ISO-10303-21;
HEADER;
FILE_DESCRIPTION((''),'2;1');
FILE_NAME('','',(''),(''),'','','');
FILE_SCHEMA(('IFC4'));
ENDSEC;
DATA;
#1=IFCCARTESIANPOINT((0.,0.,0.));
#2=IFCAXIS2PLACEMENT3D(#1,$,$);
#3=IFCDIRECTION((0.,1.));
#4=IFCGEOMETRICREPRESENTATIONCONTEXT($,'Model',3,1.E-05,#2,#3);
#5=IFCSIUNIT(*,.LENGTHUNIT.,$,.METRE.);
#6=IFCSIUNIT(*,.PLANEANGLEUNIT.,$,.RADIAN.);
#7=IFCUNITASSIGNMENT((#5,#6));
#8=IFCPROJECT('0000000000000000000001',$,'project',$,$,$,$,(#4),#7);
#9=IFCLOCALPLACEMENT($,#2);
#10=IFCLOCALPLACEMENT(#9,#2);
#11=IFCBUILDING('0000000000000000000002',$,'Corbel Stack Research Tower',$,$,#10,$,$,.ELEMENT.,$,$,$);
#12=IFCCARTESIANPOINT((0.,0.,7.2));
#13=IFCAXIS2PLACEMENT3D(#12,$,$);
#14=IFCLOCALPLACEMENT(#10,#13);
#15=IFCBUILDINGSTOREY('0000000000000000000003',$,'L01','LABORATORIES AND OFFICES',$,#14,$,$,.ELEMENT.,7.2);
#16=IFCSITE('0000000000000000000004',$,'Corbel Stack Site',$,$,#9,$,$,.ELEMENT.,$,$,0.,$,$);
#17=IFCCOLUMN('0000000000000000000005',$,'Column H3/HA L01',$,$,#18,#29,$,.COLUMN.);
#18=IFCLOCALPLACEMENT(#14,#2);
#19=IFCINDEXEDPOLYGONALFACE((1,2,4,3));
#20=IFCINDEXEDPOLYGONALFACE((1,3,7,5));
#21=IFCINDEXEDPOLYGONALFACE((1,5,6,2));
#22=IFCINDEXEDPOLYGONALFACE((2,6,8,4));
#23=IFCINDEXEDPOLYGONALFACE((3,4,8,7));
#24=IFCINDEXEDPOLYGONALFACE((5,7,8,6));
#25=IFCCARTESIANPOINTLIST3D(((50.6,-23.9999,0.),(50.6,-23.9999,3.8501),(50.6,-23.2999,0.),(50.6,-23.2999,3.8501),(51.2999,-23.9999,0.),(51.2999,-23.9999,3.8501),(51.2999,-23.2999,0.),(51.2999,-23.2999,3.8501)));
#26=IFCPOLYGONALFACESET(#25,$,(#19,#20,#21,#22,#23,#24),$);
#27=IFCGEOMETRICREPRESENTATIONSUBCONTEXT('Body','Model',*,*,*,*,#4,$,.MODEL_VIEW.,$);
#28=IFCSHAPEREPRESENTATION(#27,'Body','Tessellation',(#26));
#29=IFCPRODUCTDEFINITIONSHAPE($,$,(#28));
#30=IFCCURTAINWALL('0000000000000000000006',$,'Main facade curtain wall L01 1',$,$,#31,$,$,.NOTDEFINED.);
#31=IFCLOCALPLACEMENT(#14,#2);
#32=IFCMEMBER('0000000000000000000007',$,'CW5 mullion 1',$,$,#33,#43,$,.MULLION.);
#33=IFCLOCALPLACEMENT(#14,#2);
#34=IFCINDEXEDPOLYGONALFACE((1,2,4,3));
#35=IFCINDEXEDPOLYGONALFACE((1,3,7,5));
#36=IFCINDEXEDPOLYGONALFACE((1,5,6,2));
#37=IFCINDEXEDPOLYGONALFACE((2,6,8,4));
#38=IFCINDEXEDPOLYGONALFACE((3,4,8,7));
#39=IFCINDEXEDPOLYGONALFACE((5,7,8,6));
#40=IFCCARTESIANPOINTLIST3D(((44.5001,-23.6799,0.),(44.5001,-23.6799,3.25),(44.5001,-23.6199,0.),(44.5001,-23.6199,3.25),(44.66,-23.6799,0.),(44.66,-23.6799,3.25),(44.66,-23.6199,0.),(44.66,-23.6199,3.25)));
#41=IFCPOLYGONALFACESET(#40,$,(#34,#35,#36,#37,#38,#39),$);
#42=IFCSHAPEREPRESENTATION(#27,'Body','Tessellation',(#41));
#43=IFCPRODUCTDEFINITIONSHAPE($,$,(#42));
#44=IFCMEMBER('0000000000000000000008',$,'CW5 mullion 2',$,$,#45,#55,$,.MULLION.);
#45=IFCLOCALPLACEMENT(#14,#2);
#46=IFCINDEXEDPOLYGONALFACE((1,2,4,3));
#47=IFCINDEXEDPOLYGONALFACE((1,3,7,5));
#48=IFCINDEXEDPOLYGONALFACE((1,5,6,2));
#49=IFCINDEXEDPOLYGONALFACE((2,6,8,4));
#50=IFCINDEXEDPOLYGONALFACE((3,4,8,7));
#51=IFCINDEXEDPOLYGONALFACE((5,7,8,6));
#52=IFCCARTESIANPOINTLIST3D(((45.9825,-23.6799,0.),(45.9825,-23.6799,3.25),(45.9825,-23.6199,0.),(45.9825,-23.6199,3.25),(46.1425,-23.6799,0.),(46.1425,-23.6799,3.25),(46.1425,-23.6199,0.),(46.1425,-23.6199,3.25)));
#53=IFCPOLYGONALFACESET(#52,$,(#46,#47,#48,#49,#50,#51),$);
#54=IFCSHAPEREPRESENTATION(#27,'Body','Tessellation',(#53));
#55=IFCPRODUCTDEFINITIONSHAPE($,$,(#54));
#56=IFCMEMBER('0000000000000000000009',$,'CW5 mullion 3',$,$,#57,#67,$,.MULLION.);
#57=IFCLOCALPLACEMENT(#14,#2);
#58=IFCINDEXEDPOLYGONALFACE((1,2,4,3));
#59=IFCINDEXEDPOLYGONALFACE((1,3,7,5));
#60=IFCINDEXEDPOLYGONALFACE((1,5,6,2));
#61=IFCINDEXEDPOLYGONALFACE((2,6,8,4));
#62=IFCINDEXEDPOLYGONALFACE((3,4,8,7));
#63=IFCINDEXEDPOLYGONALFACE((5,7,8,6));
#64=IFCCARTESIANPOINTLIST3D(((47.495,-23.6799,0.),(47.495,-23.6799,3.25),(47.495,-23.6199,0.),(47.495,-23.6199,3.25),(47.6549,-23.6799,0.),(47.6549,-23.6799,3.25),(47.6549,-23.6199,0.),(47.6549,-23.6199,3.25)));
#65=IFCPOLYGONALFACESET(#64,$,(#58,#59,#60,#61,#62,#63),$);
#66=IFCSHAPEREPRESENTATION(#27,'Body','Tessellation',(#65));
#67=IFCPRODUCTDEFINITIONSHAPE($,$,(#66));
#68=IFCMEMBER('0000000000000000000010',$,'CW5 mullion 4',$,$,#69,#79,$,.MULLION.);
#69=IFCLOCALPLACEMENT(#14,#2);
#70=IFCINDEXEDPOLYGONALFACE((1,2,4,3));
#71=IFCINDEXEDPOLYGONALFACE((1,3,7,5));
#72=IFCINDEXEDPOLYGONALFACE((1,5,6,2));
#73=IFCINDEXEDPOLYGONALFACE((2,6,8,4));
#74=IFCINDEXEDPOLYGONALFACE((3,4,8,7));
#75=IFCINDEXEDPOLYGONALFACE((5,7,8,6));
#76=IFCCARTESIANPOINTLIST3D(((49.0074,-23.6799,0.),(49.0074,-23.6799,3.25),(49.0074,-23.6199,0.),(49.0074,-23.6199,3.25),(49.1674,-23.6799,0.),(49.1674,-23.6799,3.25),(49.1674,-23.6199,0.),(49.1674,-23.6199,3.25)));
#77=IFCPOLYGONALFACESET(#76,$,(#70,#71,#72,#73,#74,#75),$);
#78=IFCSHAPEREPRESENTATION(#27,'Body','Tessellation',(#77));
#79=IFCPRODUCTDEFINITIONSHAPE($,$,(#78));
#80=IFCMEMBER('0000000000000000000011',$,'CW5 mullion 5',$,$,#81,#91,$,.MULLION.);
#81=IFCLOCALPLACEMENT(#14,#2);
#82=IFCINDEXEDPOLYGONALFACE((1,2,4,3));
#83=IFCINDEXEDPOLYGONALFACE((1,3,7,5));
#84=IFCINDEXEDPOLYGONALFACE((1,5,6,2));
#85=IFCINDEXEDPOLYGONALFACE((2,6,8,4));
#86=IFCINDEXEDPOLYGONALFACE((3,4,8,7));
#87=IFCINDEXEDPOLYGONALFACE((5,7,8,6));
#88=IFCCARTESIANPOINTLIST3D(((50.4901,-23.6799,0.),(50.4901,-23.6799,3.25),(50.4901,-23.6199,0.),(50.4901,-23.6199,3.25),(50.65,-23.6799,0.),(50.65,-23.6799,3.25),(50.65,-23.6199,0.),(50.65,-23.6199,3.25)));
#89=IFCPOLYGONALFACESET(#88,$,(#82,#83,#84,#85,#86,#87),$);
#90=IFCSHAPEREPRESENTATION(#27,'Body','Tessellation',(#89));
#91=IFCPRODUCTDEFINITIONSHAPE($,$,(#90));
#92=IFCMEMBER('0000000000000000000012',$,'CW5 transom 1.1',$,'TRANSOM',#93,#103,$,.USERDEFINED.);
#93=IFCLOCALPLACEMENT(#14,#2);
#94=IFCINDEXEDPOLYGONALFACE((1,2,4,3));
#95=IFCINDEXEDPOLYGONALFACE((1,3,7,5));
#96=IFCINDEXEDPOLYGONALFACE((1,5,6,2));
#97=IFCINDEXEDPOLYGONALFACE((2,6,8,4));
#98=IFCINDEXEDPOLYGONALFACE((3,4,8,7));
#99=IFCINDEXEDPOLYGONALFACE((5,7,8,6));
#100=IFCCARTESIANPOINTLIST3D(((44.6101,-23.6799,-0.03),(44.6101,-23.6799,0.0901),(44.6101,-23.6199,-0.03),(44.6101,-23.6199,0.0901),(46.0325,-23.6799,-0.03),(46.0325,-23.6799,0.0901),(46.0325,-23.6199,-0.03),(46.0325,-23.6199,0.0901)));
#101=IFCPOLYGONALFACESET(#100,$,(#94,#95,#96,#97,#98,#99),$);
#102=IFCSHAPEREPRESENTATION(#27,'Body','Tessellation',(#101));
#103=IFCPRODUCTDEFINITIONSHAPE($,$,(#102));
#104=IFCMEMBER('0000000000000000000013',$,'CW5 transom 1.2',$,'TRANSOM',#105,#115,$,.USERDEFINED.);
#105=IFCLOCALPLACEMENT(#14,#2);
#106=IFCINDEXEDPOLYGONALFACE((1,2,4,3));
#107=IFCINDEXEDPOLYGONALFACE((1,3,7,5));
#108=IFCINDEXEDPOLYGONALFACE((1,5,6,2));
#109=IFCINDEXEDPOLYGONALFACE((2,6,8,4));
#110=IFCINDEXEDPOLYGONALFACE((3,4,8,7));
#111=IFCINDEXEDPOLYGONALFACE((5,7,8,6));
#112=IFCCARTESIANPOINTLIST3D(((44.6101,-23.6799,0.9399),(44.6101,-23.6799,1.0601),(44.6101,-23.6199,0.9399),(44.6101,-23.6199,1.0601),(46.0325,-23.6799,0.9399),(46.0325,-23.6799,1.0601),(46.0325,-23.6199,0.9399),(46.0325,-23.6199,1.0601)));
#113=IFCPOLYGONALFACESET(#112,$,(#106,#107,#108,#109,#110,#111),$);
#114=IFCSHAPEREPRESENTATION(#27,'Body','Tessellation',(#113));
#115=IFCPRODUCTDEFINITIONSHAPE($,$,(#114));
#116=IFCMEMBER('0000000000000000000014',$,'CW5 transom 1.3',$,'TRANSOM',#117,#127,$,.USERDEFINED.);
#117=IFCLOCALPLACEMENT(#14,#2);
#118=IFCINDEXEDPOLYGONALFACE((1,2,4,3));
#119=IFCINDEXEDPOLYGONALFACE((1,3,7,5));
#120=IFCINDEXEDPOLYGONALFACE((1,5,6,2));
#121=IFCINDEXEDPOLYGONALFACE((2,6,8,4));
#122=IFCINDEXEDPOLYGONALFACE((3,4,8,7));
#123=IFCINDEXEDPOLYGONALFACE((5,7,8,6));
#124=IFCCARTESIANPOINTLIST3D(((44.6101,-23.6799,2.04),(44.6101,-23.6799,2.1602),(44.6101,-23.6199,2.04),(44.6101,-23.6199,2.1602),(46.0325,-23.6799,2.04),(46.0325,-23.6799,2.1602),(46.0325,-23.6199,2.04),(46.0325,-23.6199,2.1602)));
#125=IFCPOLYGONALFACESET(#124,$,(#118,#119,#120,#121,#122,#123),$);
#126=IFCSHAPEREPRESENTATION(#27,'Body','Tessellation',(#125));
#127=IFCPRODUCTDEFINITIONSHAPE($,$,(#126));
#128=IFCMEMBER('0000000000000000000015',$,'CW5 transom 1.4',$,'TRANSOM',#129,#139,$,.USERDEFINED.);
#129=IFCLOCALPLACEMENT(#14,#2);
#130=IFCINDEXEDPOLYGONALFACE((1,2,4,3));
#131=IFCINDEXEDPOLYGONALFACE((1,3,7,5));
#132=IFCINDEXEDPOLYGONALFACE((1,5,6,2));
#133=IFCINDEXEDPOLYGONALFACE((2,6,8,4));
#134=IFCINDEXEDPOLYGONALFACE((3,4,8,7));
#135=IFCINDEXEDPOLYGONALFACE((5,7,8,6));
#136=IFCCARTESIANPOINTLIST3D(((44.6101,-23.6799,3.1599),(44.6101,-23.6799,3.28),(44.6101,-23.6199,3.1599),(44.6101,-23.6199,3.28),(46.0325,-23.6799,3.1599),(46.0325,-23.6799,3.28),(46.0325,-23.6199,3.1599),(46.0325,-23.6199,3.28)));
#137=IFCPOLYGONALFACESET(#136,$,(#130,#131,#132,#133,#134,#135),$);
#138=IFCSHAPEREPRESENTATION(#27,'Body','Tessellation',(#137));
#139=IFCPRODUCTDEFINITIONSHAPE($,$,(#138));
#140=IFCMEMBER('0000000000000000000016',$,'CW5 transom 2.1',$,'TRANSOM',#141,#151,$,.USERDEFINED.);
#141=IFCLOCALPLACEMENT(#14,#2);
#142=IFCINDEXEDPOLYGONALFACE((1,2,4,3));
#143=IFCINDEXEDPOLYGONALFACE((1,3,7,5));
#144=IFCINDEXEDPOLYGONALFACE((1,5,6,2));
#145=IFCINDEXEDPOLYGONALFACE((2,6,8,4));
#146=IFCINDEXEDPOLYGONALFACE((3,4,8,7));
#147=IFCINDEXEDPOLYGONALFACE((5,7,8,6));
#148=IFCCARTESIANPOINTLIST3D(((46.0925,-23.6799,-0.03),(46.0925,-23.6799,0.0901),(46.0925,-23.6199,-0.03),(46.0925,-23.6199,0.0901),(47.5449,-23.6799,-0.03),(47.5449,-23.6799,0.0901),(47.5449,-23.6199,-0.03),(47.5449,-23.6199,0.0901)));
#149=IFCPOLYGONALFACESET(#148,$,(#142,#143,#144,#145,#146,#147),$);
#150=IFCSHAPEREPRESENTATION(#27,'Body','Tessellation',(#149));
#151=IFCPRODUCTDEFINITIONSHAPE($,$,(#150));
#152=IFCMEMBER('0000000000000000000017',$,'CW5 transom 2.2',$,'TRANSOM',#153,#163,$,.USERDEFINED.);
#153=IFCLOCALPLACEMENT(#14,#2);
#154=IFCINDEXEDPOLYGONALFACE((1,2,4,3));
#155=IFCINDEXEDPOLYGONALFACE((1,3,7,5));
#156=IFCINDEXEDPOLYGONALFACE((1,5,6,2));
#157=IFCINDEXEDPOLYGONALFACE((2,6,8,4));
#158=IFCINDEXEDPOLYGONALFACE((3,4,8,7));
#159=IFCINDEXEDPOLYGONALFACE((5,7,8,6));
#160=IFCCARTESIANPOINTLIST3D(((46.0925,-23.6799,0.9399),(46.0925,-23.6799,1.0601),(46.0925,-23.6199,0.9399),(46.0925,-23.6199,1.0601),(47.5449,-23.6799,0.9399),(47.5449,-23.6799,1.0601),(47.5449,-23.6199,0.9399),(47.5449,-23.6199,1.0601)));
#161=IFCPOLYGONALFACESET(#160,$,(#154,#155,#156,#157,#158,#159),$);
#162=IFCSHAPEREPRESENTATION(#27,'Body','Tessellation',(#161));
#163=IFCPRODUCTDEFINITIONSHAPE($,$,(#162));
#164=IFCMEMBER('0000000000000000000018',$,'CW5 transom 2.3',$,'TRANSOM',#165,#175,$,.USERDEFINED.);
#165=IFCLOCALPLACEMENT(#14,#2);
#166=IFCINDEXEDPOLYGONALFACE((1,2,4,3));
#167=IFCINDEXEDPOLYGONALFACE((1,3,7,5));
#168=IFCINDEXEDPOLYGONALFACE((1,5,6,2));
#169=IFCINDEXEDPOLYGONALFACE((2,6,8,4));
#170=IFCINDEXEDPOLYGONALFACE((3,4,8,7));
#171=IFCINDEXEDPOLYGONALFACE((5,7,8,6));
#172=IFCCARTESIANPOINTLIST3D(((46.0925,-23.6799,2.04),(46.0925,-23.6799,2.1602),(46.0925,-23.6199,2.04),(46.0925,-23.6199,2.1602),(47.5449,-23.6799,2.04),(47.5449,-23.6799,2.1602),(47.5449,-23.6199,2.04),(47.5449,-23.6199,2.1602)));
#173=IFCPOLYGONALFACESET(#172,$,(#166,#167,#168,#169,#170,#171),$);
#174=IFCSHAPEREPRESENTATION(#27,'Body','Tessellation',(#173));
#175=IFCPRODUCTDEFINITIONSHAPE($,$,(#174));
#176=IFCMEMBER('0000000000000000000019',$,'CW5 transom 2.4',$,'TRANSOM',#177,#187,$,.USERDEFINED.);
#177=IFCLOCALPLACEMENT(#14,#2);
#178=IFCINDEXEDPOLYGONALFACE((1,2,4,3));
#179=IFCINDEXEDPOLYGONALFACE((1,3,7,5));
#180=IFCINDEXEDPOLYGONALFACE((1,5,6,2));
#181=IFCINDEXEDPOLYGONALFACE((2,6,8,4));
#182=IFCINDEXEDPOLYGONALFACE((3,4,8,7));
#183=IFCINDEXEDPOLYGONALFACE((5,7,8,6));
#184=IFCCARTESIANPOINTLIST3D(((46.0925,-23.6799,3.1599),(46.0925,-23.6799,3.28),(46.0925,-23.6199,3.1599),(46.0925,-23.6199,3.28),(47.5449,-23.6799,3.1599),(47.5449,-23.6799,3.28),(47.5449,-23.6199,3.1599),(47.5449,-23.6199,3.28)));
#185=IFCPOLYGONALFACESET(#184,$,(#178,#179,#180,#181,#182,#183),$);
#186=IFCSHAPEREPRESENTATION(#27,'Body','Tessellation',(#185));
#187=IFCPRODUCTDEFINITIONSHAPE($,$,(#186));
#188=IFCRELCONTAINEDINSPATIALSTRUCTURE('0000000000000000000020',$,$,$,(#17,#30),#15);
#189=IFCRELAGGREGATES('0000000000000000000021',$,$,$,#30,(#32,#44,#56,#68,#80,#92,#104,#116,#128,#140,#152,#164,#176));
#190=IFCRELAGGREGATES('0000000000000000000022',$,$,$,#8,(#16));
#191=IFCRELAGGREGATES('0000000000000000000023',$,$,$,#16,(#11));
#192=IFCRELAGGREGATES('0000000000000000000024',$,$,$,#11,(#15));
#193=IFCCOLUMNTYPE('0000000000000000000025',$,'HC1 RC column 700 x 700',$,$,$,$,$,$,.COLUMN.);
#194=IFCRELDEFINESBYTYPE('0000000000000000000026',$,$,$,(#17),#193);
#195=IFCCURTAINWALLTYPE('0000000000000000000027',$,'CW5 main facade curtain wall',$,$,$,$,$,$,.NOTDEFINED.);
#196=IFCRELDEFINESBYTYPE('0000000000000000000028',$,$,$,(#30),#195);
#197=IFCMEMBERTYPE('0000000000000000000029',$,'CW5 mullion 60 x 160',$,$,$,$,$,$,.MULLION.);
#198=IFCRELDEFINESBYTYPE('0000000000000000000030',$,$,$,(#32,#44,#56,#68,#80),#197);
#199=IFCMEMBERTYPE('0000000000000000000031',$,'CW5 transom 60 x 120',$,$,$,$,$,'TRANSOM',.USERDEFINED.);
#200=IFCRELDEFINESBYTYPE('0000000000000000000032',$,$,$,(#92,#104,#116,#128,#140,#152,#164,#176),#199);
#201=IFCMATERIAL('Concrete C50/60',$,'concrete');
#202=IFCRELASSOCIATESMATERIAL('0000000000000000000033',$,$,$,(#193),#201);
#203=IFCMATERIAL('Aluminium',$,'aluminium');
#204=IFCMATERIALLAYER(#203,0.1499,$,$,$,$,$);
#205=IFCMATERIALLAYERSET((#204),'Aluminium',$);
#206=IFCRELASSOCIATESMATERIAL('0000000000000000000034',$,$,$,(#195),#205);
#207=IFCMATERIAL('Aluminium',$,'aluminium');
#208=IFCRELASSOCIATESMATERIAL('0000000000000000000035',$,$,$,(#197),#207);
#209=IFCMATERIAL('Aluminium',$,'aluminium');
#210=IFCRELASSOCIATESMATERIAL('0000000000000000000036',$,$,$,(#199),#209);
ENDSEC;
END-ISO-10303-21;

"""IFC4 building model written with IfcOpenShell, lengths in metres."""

from ifc_helpers import new_model, si_unit, direction, frame, origin, origin_2d, place, context, subcontext, project, spatial, rectangle, extrude, material, layer, layer_set, material_profile, profile_set, type_object, element, aggregate, save


model = new_model("IFC4")

# Units and contexts
model_context = context("Model", 3, precision=1e-05, world=origin(), true_north=direction((0.0, 1.0)))
body_context = subcontext(model_context, "Body", "Model", "MODEL_VIEW")
ifc_project = project(units=[si_unit("LENGTHUNIT", "METRE"), si_unit("PLANEANGLEUNIT", "RADIAN")], contexts=[model_context])

# Site, building, storey
site_placement = place(None, origin())
site = spatial("IfcSite", under=ifc_project, at=site_placement, Name="Corbel Stack Site", CompositionType="ELEMENT", RefElevation=0.0)
building_placement = place(site_placement, origin())
building = spatial("IfcBuilding", under=site, at=building_placement, Name="Corbel Stack Research Tower", CompositionType="ELEMENT")
storey_placement = place(building_placement, frame((0.0, 0.0, 7.2)))
storey = spatial("IfcBuildingStorey", under=building, at=storey_placement, Name="L01", Description="LABORATORIES AND OFFICES", CompositionType="ELEMENT", Elevation=7.2)

# Column
ifc_material_1 = material(Name="Concrete C50/60", Category="concrete")
ifc_material_profile_1 = material_profile(ifc_material_1, rectangle(XDim=0.7, YDim=0.7, at=origin_2d()), Name="RC 700 x 700")
ifc_profile_set_1 = profile_set([ifc_material_profile_1], Name="Concrete C50/60")
column_type = type_object("IfcColumnType", Name="HC1 RC column 700 x 700", PredefinedType="COLUMN", material=ifc_profile_set_1)
column_placement = place(storey_placement, frame((50.95, -23.6499, 0.0), z_axis=(0.0, 0.0, 1.0), x_axis=(1.0, 0.0, 0.0)))
element("IfcColumn", 1, at=column_placement, inside=storey, type_object=column_type, Name="Column H3/HA L01", PredefinedType="COLUMN", context=body_context, shape_type="SweptSolid", body=[
    extrude(rectangle(XDim=0.7, YDim=0.7, at=origin_2d()), origin(), (0.0, 0.0, 1.0), 3.8501),
])

# Curtain wall, members
ifc_material_2 = material(Name="Aluminium", Category="aluminium")
ifc_layer_1 = layer(ifc_material_2, 0.1499)
ifc_layer_set_1 = layer_set([ifc_layer_1], Name="Aluminium")
curtain_wall_type = type_object("IfcCurtainWallType", Name="CW5 main facade curtain wall", PredefinedType="NOTDEFINED", material=ifc_layer_set_1)
curtain_wall_placement = place(storey_placement, origin())
curtain_wall = element("IfcCurtainWall", 2, at=curtain_wall_placement, inside=storey, type_object=curtain_wall_type, Name="Main facade curtain wall L01 1", PredefinedType="NOTDEFINED")
ifc_material_3 = material(Name="Aluminium", Category="aluminium")
ifc_material_profile_2 = material_profile(ifc_material_3, rectangle(XDim=0.0601, YDim=0.1599, at=origin_2d()), Name="Mullion 60 x 160")
ifc_profile_set_2 = profile_set([ifc_material_profile_2], Name="Aluminium")
member_type_1 = type_object("IfcMemberType", Name="CW5 mullion 60 x 160", PredefinedType="MULLION", material=ifc_profile_set_2)
member_1_placement = place(storey_placement, frame((44.5801, -23.6499, 0.0), z_axis=(0.0, 0.0, 1.0), x_axis=(0.0, 1.0, 0.0)))
member_1 = element("IfcMember", 3, at=member_1_placement, type_object=member_type_1, Name="CW5 mullion 1", PredefinedType="MULLION", context=body_context, shape_type="SweptSolid", body=[
    extrude(rectangle(XDim=0.0601, YDim=0.1599, at=origin_2d()), origin(), (0.0, 0.0, 1.0), 3.25),
])
member_2_placement = place(storey_placement, frame((46.0625, -23.6499, 0.0), z_axis=(0.0, 0.0, 1.0), x_axis=(0.0, 1.0, 0.0)))
member_2 = element("IfcMember", 4, at=member_2_placement, type_object=member_type_1, Name="CW5 mullion 2", PredefinedType="MULLION", context=body_context, shape_type="SweptSolid", body=[
    extrude(rectangle(XDim=0.0601, YDim=0.1599, at=origin_2d()), origin(), (0.0, 0.0, 1.0), 3.25),
])
member_3_placement = place(storey_placement, frame((47.575, -23.6499, 0.0), z_axis=(0.0, 0.0, 1.0), x_axis=(0.0, 1.0, 0.0)))
member_3 = element("IfcMember", 5, at=member_3_placement, type_object=member_type_1, Name="CW5 mullion 3", PredefinedType="MULLION", context=body_context, shape_type="SweptSolid", body=[
    extrude(rectangle(XDim=0.0601, YDim=0.1599, at=origin_2d()), origin(), (0.0, 0.0, 1.0), 3.25),
])
member_4_placement = place(storey_placement, frame((49.0874, -23.6499, 0.0), z_axis=(0.0, 0.0, 1.0), x_axis=(0.0, 1.0, 0.0)))
member_4 = element("IfcMember", 6, at=member_4_placement, type_object=member_type_1, Name="CW5 mullion 4", PredefinedType="MULLION", context=body_context, shape_type="SweptSolid", body=[
    extrude(rectangle(XDim=0.0601, YDim=0.1599, at=origin_2d()), origin(), (0.0, 0.0, 1.0), 3.25),
])
member_5_placement = place(storey_placement, frame((50.5701, -23.6499, 0.0), z_axis=(0.0, 0.0, 1.0), x_axis=(0.0, 1.0, 0.0)))
member_5 = element("IfcMember", 7, at=member_5_placement, type_object=member_type_1, Name="CW5 mullion 5", PredefinedType="MULLION", context=body_context, shape_type="SweptSolid", body=[
    extrude(rectangle(XDim=0.0601, YDim=0.1599, at=origin_2d()), origin(), (0.0, 0.0, 1.0), 3.25),
])
ifc_material_4 = material(Name="Aluminium", Category="aluminium")
ifc_material_profile_3 = material_profile(ifc_material_4, rectangle(XDim=0.0601, YDim=0.1201, at=origin_2d()), Name="Transom 60 x 120")
ifc_profile_set_3 = profile_set([ifc_material_profile_3], Name="Aluminium")
member_type_2 = type_object("IfcMemberType", Name="CW5 transom 60 x 120", ElementType="TRANSOM", PredefinedType="USERDEFINED", material=ifc_profile_set_3)
member_6_placement = place(storey_placement, frame((44.6101, -23.6499, 0.03), z_axis=(1.0, 0.0, 0.0), x_axis=(0.0, 1.0, 0.0)))
member_6 = element("IfcMember", 8, at=member_6_placement, type_object=member_type_2, Name="CW5 transom 1.1", ObjectType="TRANSOM", PredefinedType="USERDEFINED", context=body_context, shape_type="SweptSolid", body=[
    extrude(rectangle(XDim=0.0601, YDim=0.1201, at=origin_2d()), origin(), (0.0, 0.0, 1.0), 1.4224),
])
member_7_placement = place(storey_placement, frame((44.6101, -23.6499, 1.0), z_axis=(1.0, 0.0, 0.0), x_axis=(0.0, 1.0, 0.0)))
member_7 = element("IfcMember", 9, at=member_7_placement, type_object=member_type_2, Name="CW5 transom 1.2", ObjectType="TRANSOM", PredefinedType="USERDEFINED", context=body_context, shape_type="SweptSolid", body=[
    extrude(rectangle(XDim=0.0601, YDim=0.1201, at=origin_2d()), origin(), (0.0, 0.0, 1.0), 1.4224),
])
member_8_placement = place(storey_placement, frame((44.6101, -23.6499, 2.1001), z_axis=(1.0, 0.0, 0.0), x_axis=(0.0, 1.0, 0.0)))
member_8 = element("IfcMember", 10, at=member_8_placement, type_object=member_type_2, Name="CW5 transom 1.3", ObjectType="TRANSOM", PredefinedType="USERDEFINED", context=body_context, shape_type="SweptSolid", body=[
    extrude(rectangle(XDim=0.0601, YDim=0.1201, at=origin_2d()), origin(), (0.0, 0.0, 1.0), 1.4224),
])
member_9_placement = place(storey_placement, frame((44.6101, -23.6499, 3.22), z_axis=(1.0, 0.0, 0.0), x_axis=(0.0, 1.0, 0.0)))
member_9 = element("IfcMember", 11, at=member_9_placement, type_object=member_type_2, Name="CW5 transom 1.4", ObjectType="TRANSOM", PredefinedType="USERDEFINED", context=body_context, shape_type="SweptSolid", body=[
    extrude(rectangle(XDim=0.0601, YDim=0.1201, at=origin_2d()), origin(), (0.0, 0.0, 1.0), 1.4224),
])
member_10_placement = place(storey_placement, frame((46.0925, -23.6499, 0.03), z_axis=(1.0, 0.0, 0.0), x_axis=(0.0, 1.0, 0.0)))
member_10 = element("IfcMember", 12, at=member_10_placement, type_object=member_type_2, Name="CW5 transom 2.1", ObjectType="TRANSOM", PredefinedType="USERDEFINED", context=body_context, shape_type="SweptSolid", body=[
    extrude(rectangle(XDim=0.0601, YDim=0.1201, at=origin_2d()), origin(), (0.0, 0.0, 1.0), 1.4524),
])
member_11_placement = place(storey_placement, frame((46.0925, -23.6499, 1.0), z_axis=(1.0, 0.0, 0.0), x_axis=(0.0, 1.0, 0.0)))
member_11 = element("IfcMember", 13, at=member_11_placement, type_object=member_type_2, Name="CW5 transom 2.2", ObjectType="TRANSOM", PredefinedType="USERDEFINED", context=body_context, shape_type="SweptSolid", body=[
    extrude(rectangle(XDim=0.0601, YDim=0.1201, at=origin_2d()), origin(), (0.0, 0.0, 1.0), 1.4524),
])
member_12_placement = place(storey_placement, frame((46.0925, -23.6499, 2.1001), z_axis=(1.0, 0.0, 0.0), x_axis=(0.0, 1.0, 0.0)))
member_12 = element("IfcMember", 14, at=member_12_placement, type_object=member_type_2, Name="CW5 transom 2.3", ObjectType="TRANSOM", PredefinedType="USERDEFINED", context=body_context, shape_type="SweptSolid", body=[
    extrude(rectangle(XDim=0.0601, YDim=0.1201, at=origin_2d()), origin(), (0.0, 0.0, 1.0), 1.4524),
])
member_13_placement = place(storey_placement, frame((46.0925, -23.6499, 3.22), z_axis=(1.0, 0.0, 0.0), x_axis=(0.0, 1.0, 0.0)))
member_13 = element("IfcMember", 15, at=member_13_placement, type_object=member_type_2, Name="CW5 transom 2.4", ObjectType="TRANSOM", PredefinedType="USERDEFINED", context=body_context, shape_type="SweptSolid", body=[
    extrude(rectangle(XDim=0.0601, YDim=0.1201, at=origin_2d()), origin(), (0.0, 0.0, 1.0), 1.4524),
])

aggregate(curtain_wall, [member_1, member_2, member_3, member_4, member_5, member_6, member_7, member_8, member_9, member_10, member_11, member_12, member_13])

save(model, "model.ifc")
